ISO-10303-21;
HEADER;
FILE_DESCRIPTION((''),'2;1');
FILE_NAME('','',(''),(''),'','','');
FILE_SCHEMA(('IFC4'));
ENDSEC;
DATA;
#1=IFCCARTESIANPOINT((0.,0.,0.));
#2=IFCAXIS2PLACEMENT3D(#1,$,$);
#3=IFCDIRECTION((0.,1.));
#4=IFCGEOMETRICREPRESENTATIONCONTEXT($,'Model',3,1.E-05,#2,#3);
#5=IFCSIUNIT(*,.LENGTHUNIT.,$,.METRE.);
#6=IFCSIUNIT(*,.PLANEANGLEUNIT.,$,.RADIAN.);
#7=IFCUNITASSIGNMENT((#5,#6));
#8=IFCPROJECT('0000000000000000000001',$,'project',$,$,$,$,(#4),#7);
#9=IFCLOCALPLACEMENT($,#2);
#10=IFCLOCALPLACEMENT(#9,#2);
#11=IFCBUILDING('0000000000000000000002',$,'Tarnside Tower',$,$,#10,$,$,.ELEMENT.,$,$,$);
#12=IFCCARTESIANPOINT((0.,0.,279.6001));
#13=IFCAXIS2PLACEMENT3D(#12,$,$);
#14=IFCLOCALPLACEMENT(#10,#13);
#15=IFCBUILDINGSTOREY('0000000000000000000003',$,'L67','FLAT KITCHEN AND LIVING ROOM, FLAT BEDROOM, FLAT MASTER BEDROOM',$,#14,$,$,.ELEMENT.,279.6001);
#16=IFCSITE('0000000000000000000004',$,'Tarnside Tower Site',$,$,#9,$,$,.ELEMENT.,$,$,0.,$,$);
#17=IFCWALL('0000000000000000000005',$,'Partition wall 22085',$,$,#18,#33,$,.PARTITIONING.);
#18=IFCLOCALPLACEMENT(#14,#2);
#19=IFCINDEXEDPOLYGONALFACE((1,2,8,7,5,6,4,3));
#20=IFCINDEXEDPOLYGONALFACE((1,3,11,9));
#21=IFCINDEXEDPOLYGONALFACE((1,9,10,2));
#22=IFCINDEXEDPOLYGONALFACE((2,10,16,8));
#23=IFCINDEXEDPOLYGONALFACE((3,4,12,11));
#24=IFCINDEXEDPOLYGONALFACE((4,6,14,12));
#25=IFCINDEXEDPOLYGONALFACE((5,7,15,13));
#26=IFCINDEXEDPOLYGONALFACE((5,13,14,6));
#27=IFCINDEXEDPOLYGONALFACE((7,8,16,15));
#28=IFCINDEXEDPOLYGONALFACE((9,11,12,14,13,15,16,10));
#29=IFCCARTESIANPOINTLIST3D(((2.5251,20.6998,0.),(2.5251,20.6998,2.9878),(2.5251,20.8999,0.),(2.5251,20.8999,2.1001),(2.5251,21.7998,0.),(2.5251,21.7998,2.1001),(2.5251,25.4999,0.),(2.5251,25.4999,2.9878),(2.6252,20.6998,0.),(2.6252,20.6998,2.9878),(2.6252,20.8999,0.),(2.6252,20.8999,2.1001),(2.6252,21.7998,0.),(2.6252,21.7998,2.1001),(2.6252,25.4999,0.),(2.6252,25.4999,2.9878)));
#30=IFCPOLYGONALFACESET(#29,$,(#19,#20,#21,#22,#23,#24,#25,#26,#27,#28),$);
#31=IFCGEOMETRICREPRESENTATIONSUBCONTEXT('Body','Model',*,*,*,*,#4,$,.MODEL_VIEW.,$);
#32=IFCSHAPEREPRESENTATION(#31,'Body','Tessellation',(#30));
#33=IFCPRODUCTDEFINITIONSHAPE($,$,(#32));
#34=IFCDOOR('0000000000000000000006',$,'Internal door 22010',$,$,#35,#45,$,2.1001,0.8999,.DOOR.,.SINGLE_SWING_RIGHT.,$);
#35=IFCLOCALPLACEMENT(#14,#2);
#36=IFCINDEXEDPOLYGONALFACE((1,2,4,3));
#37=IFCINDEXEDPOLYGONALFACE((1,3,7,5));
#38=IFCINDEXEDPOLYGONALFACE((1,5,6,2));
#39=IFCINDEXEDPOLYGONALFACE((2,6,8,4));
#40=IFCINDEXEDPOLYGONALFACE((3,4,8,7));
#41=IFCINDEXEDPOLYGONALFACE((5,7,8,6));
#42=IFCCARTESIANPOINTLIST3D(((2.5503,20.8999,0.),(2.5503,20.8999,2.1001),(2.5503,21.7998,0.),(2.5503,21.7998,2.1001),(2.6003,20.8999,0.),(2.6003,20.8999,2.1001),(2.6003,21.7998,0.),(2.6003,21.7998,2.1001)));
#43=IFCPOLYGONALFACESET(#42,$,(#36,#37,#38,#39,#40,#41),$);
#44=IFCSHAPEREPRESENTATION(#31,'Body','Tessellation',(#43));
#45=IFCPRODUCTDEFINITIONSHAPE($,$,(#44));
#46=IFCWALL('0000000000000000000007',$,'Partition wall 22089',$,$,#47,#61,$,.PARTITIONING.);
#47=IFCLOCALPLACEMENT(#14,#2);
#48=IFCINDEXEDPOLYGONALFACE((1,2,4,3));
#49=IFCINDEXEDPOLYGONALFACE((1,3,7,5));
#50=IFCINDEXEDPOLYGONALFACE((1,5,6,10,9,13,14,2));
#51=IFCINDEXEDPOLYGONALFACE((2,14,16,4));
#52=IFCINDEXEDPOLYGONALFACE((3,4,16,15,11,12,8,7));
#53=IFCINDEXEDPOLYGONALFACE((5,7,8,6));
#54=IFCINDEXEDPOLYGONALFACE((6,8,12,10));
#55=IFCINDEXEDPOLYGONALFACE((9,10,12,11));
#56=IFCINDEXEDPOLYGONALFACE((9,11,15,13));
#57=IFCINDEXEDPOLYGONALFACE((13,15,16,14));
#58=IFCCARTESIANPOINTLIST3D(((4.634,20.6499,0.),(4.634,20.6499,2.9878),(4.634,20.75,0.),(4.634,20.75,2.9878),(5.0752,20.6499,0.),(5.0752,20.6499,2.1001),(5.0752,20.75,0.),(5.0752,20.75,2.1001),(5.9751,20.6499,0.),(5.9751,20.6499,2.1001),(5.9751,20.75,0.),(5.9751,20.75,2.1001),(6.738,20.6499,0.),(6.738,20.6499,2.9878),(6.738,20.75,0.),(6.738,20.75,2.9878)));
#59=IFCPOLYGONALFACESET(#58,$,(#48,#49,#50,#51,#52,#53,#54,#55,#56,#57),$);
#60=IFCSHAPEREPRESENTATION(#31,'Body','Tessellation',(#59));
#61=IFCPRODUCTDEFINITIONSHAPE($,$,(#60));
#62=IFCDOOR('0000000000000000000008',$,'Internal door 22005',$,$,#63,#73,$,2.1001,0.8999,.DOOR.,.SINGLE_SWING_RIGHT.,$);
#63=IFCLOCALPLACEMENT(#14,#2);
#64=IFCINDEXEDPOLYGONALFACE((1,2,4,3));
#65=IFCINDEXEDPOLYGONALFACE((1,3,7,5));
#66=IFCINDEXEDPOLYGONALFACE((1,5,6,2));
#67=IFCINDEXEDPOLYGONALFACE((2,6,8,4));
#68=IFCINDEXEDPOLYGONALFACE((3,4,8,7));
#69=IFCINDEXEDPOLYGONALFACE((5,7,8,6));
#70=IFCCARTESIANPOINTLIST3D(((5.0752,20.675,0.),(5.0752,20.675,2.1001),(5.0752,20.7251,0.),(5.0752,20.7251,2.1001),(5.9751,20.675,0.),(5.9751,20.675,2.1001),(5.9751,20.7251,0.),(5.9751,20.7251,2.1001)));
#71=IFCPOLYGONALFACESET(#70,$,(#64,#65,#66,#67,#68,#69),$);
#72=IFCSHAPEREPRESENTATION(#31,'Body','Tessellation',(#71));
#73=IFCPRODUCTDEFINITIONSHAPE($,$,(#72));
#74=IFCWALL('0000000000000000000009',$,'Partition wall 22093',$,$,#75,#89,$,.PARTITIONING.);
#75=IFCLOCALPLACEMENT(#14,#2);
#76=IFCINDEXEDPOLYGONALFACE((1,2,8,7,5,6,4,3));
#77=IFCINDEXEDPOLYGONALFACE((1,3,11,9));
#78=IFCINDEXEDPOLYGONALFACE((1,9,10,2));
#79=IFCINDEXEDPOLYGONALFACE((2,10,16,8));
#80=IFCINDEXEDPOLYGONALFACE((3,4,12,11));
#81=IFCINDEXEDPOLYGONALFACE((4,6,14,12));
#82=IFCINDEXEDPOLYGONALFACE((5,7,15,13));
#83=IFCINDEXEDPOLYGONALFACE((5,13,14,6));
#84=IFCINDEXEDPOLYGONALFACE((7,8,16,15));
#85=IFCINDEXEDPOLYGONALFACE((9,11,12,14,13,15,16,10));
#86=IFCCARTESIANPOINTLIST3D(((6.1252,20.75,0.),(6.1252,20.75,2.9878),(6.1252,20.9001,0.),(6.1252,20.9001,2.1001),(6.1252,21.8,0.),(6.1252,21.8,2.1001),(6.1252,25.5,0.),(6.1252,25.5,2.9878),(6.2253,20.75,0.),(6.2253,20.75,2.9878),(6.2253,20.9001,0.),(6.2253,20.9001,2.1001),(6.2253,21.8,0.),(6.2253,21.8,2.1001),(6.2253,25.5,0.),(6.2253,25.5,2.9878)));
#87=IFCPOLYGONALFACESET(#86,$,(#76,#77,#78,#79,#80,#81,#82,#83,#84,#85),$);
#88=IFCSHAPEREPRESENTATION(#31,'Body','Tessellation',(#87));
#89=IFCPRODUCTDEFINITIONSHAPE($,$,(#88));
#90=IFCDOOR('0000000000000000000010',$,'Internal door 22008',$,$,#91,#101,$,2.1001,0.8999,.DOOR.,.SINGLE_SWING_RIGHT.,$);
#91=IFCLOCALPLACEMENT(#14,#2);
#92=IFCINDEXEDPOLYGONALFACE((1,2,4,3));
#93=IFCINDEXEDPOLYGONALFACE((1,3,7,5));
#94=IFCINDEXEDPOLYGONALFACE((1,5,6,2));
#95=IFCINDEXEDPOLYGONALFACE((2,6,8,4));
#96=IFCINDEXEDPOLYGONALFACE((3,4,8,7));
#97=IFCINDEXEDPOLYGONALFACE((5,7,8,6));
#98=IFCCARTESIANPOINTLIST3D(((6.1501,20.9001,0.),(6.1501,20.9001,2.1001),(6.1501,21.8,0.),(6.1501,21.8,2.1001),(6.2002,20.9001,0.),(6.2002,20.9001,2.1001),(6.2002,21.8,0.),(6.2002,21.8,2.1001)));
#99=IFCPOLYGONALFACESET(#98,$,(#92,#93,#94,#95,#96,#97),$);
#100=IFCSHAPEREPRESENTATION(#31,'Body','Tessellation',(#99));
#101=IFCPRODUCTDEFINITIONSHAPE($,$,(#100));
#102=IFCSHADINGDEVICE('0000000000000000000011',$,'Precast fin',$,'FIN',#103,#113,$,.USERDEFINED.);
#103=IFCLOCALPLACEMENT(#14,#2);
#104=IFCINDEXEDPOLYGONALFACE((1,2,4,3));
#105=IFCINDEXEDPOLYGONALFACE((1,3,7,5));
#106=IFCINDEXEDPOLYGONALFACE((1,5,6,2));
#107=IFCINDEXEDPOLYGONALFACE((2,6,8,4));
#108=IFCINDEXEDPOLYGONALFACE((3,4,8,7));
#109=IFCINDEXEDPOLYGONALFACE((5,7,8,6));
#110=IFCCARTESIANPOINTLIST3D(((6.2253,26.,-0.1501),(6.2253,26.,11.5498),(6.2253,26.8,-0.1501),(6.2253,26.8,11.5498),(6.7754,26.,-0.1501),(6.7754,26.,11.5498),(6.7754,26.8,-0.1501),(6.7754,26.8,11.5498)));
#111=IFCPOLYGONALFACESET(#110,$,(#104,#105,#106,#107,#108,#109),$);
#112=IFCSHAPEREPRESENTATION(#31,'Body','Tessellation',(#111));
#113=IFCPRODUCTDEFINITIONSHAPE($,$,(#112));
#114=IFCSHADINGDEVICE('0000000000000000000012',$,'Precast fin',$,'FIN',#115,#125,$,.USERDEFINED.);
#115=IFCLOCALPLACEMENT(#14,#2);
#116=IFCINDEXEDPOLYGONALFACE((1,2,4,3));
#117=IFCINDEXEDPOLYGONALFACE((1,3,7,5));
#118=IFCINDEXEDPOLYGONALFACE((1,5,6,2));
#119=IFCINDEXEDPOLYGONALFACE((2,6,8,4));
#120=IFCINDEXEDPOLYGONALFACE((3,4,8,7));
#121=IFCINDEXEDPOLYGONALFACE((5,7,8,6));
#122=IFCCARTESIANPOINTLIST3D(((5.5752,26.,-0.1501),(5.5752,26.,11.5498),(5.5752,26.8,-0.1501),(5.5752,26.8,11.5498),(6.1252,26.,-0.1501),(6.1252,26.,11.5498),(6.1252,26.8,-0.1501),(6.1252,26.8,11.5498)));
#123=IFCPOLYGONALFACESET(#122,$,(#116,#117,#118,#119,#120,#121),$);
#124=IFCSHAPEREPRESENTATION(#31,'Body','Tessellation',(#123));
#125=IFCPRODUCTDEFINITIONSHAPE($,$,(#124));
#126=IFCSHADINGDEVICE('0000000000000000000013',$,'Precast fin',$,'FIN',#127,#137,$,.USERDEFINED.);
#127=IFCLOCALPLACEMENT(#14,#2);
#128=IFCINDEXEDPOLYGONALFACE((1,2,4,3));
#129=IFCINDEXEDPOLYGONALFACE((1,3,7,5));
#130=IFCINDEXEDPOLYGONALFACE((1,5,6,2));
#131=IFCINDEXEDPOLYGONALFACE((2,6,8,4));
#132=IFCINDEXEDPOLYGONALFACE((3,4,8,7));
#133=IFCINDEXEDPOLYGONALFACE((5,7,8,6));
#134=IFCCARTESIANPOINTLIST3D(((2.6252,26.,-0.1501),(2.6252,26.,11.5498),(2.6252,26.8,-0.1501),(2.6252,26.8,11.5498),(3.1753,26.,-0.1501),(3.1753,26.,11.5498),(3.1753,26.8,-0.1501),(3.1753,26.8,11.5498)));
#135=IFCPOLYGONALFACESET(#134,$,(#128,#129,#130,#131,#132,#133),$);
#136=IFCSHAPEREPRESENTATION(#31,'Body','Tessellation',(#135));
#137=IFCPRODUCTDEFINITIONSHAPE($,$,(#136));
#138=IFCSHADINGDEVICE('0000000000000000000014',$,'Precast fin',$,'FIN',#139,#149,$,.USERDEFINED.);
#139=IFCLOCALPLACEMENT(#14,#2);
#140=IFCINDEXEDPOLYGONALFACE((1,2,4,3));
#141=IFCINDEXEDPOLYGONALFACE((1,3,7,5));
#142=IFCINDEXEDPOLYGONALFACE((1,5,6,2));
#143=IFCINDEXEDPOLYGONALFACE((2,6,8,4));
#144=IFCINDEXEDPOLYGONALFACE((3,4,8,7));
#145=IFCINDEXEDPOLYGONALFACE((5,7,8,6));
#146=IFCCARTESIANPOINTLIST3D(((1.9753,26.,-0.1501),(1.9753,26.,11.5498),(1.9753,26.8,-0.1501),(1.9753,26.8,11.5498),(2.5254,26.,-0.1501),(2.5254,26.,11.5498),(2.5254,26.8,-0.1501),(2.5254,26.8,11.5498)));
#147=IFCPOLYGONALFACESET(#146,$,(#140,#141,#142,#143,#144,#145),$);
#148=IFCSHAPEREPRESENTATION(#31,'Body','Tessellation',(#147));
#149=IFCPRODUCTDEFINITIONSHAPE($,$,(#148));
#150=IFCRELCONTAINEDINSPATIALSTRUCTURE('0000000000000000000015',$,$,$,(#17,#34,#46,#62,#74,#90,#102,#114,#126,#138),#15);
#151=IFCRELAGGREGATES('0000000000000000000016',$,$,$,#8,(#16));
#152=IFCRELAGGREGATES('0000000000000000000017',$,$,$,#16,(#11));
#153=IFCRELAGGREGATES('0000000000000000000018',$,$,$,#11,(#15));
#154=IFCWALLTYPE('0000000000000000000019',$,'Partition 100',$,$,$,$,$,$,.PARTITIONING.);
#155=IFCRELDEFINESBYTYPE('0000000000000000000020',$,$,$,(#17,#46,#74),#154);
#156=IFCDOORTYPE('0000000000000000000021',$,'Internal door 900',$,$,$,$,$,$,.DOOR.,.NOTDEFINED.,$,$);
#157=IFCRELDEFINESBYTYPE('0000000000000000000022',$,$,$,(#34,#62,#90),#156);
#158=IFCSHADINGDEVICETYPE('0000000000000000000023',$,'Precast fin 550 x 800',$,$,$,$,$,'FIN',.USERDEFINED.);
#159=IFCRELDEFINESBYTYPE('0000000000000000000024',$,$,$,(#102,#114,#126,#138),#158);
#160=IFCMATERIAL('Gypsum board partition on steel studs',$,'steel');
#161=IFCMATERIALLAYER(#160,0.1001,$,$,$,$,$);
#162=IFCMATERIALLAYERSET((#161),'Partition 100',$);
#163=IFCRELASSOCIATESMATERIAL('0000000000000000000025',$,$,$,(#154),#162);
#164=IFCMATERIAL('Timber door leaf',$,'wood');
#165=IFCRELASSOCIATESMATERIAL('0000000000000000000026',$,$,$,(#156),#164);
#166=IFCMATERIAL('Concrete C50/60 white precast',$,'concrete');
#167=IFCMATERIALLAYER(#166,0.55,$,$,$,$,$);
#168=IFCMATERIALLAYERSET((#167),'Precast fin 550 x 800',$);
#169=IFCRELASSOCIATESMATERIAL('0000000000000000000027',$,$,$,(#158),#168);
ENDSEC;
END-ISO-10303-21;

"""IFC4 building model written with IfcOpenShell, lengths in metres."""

from ifc_helpers import new_model, si_unit, direction, frame, frame_2d, origin, place, context, subcontext, project, spatial, polyline, rectangle, outline, extrude, material, layer, layer_set, type_object, element, fill, save


model = new_model("IFC4")

# Units and contexts
model_context = context("Model", 3, precision=1e-05, world=origin(), true_north=direction((0.0, 1.0)))
body_context = subcontext(model_context, "Body", "Model", "MODEL_VIEW")
ifc_project = project(units=[si_unit("LENGTHUNIT", "METRE"), si_unit("PLANEANGLEUNIT", "RADIAN")], contexts=[model_context])

# Site, building, storey
site_placement = place(None, origin())
site = spatial("IfcSite", under=ifc_project, at=site_placement, Name="Tarnside Tower Site", CompositionType="ELEMENT", RefElevation=0.0)
building_placement = place(site_placement, origin())
building = spatial("IfcBuilding", under=site, at=building_placement, Name="Tarnside Tower", CompositionType="ELEMENT")
storey_placement = place(building_placement, frame((0.0, 0.0, 279.6001)))
storey = spatial("IfcBuildingStorey", under=building, at=storey_placement, Name="L67", Description="FLAT KITCHEN AND LIVING ROOM, FLAT BEDROOM, FLAT MASTER BEDROOM", CompositionType="ELEMENT", Elevation=279.6001)

# Shared definitions
ifc_material_1 = material(Name="Gypsum board partition on steel studs", Category="steel")

# Shared definitions
ifc_material_2 = material(Name="Timber door leaf", Category="wood")

# Walls, openings, doors
ifc_layer_1 = layer(ifc_material_1, 0.1001)
ifc_layer_set_1 = layer_set([ifc_layer_1], Name="Partition 100")
wall_type_1 = type_object("IfcWallType", Name="Partition 100", PredefinedType="PARTITIONING", material=ifc_layer_set_1)
wall_1_placement = place(storey_placement, frame((2.5752, 20.7, 0.0), z_axis=(0.0, 0.0, 1.0), x_axis=(0.0, 1.0, 0.0)))
wall_1 = element("IfcWall", 1, at=wall_1_placement, inside=storey, type_object=wall_type_1, Name="Partition wall 22085", PredefinedType="PARTITIONING", context=body_context, shape_type="SweptSolid", body=[
    extrude(rectangle(XDim=4.8, YDim=0.1001, at=frame_2d((2.3999, 0.0))), origin(), (0.0, 0.0, 1.0), 2.9878),
])
opening_1_placement = place(wall_1_placement, frame((0.2, 0.0, 0.0)))
opening_1 = element("IfcOpeningElement", 2, at=opening_1_placement, cuts=wall_1, PredefinedType="OPENING", context=body_context, shape_type="SweptSolid", body=[
    extrude(rectangle(XDim=0.8999, YDim=2.1001, at=frame_2d((0.45, 1.05))), frame((0.0, 0.0601, 0.0), z_axis=(0.0, -1.0, 0.0), x_axis=(1.0, 0.0, 0.0)), (0.0, 0.0, 1.0), 0.1201),
])
door_type_1 = type_object("IfcDoorType", Name="Internal door 900", OperationType="NOTDEFINED", PredefinedType="DOOR", material=ifc_material_2)
door_1_placement = place(opening_1_placement, origin())
door_1 = element("IfcDoor", 3, at=door_1_placement, inside=storey, type_object=door_type_1, Name="Internal door 22010", OperationType="SINGLE_SWING_RIGHT", OverallHeight=2.1001, OverallWidth=0.8999, PredefinedType="DOOR", context=body_context, shape_type="SweptSolid", body=[
    extrude(rectangle(XDim=0.8999, YDim=2.1001, at=frame_2d((0.45, 1.05))), frame((0.0, 0.0249, 0.0), z_axis=(0.0, -1.0, 0.0), x_axis=(1.0, 0.0, 0.0)), (0.0, 0.0, 1.0), 0.05),
])
fill(opening_1, door_1)
wall_2_placement = place(storey_placement, frame((6.738, 20.7, 0.0), z_axis=(0.0, 0.0, 1.0), x_axis=(-1.0, 0.0, 0.0)))
wall_2 = element("IfcWall", 4, at=wall_2_placement, inside=storey, type_object=wall_type_1, Name="Partition wall 22089", PredefinedType="PARTITIONING", context=body_context, shape_type="SweptSolid", body=[
    extrude(rectangle(XDim=2.104, YDim=0.1001, at=frame_2d((1.052, 0.0))), origin(), (0.0, 0.0, 1.0), 2.9878),
])
opening_2_placement = place(wall_2_placement, frame((0.7629, 0.0, 0.0)))
opening_2 = element("IfcOpeningElement", 5, at=opening_2_placement, cuts=wall_2, PredefinedType="OPENING", context=body_context, shape_type="SweptSolid", body=[
    extrude(rectangle(XDim=0.8999, YDim=2.1001, at=frame_2d((0.45, 1.05))), frame((0.0, 0.0601, 0.0), z_axis=(0.0, -1.0, 0.0), x_axis=(1.0, 0.0, 0.0)), (0.0, 0.0, 1.0), 0.1201),
])
door_2_placement = place(opening_2_placement, origin())
door_2 = element("IfcDoor", 6, at=door_2_placement, inside=storey, type_object=door_type_1, Name="Internal door 22005", OperationType="SINGLE_SWING_RIGHT", OverallHeight=2.1001, OverallWidth=0.8999, PredefinedType="DOOR", context=body_context, shape_type="SweptSolid", body=[
    extrude(rectangle(XDim=0.8999, YDim=2.1001, at=frame_2d((0.45, 1.05))), frame((0.0, 0.0249, 0.0), z_axis=(0.0, -1.0, 0.0), x_axis=(1.0, 0.0, 0.0)), (0.0, 0.0, 1.0), 0.05),
])
fill(opening_2, door_2)
wall_3_placement = place(storey_placement, frame((6.1753, 25.5, 0.0), z_axis=(0.0, 0.0, 1.0), x_axis=(0.0, -1.0, 0.0)))
wall_3 = element("IfcWall", 7, at=wall_3_placement, inside=storey, type_object=wall_type_1, Name="Partition wall 22093", PredefinedType="PARTITIONING", context=body_context, shape_type="SweptSolid", body=[
    extrude(rectangle(XDim=4.75, YDim=0.1001, at=frame_2d((2.375, 0.0))), origin(), (0.0, 0.0, 1.0), 2.9878),
])
opening_3_placement = place(wall_3_placement, frame((3.7, 0.0, 0.0)))
opening_3 = element("IfcOpeningElement", 8, at=opening_3_placement, cuts=wall_3, PredefinedType="OPENING", context=body_context, shape_type="SweptSolid", body=[
    extrude(rectangle(XDim=0.8999, YDim=2.1001, at=frame_2d((0.45, 1.05))), frame((0.0, 0.0601, 0.0), z_axis=(0.0, -1.0, 0.0), x_axis=(1.0, 0.0, 0.0)), (0.0, 0.0, 1.0), 0.1201),
])
door_3_placement = place(opening_3_placement, origin())
door_3 = element("IfcDoor", 9, at=door_3_placement, inside=storey, type_object=door_type_1, Name="Internal door 22008", OperationType="SINGLE_SWING_RIGHT", OverallHeight=2.1001, OverallWidth=0.8999, PredefinedType="DOOR", context=body_context, shape_type="SweptSolid", body=[
    extrude(rectangle(XDim=0.8999, YDim=2.1001, at=frame_2d((0.45, 1.05))), frame((0.0, 0.0249, 0.0), z_axis=(0.0, -1.0, 0.0), x_axis=(1.0, 0.0, 0.0)), (0.0, 0.0, 1.0), 0.05),
])
fill(opening_3, door_3)

# Shading devices
ifc_material_3 = material(Name="Concrete C50/60 white precast", Category="concrete")
ifc_layer_2 = layer(ifc_material_3, 0.55)
ifc_layer_set_2 = layer_set([ifc_layer_2], Name="Precast fin 550 x 800")
shading_device_type = type_object("IfcShadingDeviceType", Name="Precast fin 550 x 800", ElementType="FIN", PredefinedType="USERDEFINED", material=ifc_layer_set_2)
for number, where, z_axis, x_axis, name in (
    (10, (6.5002, 26.0, -0.1501), (1.0, 0.0, 0.0), (0.0, 1.0, 0.0), "Precast fin"),
    (11, (5.8501, 26.0, -0.1501), (1.0, 0.0, 0.0), (0.0, 1.0, 0.0), "Precast fin"),
    (12, (2.9001, 26.0, -0.1501), (1.0, 0.0, 0.0), (0.0, 1.0, 0.0), "Precast fin"),
    (13, (2.2502, 26.0, -0.1501), (1.0, 0.0, 0.0), (0.0, 1.0, 0.0), "Precast fin"),
):
    element("IfcShadingDevice", number, at=place(storey_placement, frame(where, z_axis=z_axis, x_axis=x_axis)), inside=storey, type_object=shading_device_type, Name=name, ObjectType="FIN", PredefinedType="USERDEFINED", context=body_context, shape_type="SweptSolid", body=[
        extrude(outline(polyline([(0.0, 0.0), (0.8, 0.0), (0.8, 11.7), (0.0, 11.7), (0.0, 0.0)])), frame((0.0, 0.0, -0.2749)), (0.0, 0.0, 1.0), 0.55),
    ])

save(model, "model.ifc")
